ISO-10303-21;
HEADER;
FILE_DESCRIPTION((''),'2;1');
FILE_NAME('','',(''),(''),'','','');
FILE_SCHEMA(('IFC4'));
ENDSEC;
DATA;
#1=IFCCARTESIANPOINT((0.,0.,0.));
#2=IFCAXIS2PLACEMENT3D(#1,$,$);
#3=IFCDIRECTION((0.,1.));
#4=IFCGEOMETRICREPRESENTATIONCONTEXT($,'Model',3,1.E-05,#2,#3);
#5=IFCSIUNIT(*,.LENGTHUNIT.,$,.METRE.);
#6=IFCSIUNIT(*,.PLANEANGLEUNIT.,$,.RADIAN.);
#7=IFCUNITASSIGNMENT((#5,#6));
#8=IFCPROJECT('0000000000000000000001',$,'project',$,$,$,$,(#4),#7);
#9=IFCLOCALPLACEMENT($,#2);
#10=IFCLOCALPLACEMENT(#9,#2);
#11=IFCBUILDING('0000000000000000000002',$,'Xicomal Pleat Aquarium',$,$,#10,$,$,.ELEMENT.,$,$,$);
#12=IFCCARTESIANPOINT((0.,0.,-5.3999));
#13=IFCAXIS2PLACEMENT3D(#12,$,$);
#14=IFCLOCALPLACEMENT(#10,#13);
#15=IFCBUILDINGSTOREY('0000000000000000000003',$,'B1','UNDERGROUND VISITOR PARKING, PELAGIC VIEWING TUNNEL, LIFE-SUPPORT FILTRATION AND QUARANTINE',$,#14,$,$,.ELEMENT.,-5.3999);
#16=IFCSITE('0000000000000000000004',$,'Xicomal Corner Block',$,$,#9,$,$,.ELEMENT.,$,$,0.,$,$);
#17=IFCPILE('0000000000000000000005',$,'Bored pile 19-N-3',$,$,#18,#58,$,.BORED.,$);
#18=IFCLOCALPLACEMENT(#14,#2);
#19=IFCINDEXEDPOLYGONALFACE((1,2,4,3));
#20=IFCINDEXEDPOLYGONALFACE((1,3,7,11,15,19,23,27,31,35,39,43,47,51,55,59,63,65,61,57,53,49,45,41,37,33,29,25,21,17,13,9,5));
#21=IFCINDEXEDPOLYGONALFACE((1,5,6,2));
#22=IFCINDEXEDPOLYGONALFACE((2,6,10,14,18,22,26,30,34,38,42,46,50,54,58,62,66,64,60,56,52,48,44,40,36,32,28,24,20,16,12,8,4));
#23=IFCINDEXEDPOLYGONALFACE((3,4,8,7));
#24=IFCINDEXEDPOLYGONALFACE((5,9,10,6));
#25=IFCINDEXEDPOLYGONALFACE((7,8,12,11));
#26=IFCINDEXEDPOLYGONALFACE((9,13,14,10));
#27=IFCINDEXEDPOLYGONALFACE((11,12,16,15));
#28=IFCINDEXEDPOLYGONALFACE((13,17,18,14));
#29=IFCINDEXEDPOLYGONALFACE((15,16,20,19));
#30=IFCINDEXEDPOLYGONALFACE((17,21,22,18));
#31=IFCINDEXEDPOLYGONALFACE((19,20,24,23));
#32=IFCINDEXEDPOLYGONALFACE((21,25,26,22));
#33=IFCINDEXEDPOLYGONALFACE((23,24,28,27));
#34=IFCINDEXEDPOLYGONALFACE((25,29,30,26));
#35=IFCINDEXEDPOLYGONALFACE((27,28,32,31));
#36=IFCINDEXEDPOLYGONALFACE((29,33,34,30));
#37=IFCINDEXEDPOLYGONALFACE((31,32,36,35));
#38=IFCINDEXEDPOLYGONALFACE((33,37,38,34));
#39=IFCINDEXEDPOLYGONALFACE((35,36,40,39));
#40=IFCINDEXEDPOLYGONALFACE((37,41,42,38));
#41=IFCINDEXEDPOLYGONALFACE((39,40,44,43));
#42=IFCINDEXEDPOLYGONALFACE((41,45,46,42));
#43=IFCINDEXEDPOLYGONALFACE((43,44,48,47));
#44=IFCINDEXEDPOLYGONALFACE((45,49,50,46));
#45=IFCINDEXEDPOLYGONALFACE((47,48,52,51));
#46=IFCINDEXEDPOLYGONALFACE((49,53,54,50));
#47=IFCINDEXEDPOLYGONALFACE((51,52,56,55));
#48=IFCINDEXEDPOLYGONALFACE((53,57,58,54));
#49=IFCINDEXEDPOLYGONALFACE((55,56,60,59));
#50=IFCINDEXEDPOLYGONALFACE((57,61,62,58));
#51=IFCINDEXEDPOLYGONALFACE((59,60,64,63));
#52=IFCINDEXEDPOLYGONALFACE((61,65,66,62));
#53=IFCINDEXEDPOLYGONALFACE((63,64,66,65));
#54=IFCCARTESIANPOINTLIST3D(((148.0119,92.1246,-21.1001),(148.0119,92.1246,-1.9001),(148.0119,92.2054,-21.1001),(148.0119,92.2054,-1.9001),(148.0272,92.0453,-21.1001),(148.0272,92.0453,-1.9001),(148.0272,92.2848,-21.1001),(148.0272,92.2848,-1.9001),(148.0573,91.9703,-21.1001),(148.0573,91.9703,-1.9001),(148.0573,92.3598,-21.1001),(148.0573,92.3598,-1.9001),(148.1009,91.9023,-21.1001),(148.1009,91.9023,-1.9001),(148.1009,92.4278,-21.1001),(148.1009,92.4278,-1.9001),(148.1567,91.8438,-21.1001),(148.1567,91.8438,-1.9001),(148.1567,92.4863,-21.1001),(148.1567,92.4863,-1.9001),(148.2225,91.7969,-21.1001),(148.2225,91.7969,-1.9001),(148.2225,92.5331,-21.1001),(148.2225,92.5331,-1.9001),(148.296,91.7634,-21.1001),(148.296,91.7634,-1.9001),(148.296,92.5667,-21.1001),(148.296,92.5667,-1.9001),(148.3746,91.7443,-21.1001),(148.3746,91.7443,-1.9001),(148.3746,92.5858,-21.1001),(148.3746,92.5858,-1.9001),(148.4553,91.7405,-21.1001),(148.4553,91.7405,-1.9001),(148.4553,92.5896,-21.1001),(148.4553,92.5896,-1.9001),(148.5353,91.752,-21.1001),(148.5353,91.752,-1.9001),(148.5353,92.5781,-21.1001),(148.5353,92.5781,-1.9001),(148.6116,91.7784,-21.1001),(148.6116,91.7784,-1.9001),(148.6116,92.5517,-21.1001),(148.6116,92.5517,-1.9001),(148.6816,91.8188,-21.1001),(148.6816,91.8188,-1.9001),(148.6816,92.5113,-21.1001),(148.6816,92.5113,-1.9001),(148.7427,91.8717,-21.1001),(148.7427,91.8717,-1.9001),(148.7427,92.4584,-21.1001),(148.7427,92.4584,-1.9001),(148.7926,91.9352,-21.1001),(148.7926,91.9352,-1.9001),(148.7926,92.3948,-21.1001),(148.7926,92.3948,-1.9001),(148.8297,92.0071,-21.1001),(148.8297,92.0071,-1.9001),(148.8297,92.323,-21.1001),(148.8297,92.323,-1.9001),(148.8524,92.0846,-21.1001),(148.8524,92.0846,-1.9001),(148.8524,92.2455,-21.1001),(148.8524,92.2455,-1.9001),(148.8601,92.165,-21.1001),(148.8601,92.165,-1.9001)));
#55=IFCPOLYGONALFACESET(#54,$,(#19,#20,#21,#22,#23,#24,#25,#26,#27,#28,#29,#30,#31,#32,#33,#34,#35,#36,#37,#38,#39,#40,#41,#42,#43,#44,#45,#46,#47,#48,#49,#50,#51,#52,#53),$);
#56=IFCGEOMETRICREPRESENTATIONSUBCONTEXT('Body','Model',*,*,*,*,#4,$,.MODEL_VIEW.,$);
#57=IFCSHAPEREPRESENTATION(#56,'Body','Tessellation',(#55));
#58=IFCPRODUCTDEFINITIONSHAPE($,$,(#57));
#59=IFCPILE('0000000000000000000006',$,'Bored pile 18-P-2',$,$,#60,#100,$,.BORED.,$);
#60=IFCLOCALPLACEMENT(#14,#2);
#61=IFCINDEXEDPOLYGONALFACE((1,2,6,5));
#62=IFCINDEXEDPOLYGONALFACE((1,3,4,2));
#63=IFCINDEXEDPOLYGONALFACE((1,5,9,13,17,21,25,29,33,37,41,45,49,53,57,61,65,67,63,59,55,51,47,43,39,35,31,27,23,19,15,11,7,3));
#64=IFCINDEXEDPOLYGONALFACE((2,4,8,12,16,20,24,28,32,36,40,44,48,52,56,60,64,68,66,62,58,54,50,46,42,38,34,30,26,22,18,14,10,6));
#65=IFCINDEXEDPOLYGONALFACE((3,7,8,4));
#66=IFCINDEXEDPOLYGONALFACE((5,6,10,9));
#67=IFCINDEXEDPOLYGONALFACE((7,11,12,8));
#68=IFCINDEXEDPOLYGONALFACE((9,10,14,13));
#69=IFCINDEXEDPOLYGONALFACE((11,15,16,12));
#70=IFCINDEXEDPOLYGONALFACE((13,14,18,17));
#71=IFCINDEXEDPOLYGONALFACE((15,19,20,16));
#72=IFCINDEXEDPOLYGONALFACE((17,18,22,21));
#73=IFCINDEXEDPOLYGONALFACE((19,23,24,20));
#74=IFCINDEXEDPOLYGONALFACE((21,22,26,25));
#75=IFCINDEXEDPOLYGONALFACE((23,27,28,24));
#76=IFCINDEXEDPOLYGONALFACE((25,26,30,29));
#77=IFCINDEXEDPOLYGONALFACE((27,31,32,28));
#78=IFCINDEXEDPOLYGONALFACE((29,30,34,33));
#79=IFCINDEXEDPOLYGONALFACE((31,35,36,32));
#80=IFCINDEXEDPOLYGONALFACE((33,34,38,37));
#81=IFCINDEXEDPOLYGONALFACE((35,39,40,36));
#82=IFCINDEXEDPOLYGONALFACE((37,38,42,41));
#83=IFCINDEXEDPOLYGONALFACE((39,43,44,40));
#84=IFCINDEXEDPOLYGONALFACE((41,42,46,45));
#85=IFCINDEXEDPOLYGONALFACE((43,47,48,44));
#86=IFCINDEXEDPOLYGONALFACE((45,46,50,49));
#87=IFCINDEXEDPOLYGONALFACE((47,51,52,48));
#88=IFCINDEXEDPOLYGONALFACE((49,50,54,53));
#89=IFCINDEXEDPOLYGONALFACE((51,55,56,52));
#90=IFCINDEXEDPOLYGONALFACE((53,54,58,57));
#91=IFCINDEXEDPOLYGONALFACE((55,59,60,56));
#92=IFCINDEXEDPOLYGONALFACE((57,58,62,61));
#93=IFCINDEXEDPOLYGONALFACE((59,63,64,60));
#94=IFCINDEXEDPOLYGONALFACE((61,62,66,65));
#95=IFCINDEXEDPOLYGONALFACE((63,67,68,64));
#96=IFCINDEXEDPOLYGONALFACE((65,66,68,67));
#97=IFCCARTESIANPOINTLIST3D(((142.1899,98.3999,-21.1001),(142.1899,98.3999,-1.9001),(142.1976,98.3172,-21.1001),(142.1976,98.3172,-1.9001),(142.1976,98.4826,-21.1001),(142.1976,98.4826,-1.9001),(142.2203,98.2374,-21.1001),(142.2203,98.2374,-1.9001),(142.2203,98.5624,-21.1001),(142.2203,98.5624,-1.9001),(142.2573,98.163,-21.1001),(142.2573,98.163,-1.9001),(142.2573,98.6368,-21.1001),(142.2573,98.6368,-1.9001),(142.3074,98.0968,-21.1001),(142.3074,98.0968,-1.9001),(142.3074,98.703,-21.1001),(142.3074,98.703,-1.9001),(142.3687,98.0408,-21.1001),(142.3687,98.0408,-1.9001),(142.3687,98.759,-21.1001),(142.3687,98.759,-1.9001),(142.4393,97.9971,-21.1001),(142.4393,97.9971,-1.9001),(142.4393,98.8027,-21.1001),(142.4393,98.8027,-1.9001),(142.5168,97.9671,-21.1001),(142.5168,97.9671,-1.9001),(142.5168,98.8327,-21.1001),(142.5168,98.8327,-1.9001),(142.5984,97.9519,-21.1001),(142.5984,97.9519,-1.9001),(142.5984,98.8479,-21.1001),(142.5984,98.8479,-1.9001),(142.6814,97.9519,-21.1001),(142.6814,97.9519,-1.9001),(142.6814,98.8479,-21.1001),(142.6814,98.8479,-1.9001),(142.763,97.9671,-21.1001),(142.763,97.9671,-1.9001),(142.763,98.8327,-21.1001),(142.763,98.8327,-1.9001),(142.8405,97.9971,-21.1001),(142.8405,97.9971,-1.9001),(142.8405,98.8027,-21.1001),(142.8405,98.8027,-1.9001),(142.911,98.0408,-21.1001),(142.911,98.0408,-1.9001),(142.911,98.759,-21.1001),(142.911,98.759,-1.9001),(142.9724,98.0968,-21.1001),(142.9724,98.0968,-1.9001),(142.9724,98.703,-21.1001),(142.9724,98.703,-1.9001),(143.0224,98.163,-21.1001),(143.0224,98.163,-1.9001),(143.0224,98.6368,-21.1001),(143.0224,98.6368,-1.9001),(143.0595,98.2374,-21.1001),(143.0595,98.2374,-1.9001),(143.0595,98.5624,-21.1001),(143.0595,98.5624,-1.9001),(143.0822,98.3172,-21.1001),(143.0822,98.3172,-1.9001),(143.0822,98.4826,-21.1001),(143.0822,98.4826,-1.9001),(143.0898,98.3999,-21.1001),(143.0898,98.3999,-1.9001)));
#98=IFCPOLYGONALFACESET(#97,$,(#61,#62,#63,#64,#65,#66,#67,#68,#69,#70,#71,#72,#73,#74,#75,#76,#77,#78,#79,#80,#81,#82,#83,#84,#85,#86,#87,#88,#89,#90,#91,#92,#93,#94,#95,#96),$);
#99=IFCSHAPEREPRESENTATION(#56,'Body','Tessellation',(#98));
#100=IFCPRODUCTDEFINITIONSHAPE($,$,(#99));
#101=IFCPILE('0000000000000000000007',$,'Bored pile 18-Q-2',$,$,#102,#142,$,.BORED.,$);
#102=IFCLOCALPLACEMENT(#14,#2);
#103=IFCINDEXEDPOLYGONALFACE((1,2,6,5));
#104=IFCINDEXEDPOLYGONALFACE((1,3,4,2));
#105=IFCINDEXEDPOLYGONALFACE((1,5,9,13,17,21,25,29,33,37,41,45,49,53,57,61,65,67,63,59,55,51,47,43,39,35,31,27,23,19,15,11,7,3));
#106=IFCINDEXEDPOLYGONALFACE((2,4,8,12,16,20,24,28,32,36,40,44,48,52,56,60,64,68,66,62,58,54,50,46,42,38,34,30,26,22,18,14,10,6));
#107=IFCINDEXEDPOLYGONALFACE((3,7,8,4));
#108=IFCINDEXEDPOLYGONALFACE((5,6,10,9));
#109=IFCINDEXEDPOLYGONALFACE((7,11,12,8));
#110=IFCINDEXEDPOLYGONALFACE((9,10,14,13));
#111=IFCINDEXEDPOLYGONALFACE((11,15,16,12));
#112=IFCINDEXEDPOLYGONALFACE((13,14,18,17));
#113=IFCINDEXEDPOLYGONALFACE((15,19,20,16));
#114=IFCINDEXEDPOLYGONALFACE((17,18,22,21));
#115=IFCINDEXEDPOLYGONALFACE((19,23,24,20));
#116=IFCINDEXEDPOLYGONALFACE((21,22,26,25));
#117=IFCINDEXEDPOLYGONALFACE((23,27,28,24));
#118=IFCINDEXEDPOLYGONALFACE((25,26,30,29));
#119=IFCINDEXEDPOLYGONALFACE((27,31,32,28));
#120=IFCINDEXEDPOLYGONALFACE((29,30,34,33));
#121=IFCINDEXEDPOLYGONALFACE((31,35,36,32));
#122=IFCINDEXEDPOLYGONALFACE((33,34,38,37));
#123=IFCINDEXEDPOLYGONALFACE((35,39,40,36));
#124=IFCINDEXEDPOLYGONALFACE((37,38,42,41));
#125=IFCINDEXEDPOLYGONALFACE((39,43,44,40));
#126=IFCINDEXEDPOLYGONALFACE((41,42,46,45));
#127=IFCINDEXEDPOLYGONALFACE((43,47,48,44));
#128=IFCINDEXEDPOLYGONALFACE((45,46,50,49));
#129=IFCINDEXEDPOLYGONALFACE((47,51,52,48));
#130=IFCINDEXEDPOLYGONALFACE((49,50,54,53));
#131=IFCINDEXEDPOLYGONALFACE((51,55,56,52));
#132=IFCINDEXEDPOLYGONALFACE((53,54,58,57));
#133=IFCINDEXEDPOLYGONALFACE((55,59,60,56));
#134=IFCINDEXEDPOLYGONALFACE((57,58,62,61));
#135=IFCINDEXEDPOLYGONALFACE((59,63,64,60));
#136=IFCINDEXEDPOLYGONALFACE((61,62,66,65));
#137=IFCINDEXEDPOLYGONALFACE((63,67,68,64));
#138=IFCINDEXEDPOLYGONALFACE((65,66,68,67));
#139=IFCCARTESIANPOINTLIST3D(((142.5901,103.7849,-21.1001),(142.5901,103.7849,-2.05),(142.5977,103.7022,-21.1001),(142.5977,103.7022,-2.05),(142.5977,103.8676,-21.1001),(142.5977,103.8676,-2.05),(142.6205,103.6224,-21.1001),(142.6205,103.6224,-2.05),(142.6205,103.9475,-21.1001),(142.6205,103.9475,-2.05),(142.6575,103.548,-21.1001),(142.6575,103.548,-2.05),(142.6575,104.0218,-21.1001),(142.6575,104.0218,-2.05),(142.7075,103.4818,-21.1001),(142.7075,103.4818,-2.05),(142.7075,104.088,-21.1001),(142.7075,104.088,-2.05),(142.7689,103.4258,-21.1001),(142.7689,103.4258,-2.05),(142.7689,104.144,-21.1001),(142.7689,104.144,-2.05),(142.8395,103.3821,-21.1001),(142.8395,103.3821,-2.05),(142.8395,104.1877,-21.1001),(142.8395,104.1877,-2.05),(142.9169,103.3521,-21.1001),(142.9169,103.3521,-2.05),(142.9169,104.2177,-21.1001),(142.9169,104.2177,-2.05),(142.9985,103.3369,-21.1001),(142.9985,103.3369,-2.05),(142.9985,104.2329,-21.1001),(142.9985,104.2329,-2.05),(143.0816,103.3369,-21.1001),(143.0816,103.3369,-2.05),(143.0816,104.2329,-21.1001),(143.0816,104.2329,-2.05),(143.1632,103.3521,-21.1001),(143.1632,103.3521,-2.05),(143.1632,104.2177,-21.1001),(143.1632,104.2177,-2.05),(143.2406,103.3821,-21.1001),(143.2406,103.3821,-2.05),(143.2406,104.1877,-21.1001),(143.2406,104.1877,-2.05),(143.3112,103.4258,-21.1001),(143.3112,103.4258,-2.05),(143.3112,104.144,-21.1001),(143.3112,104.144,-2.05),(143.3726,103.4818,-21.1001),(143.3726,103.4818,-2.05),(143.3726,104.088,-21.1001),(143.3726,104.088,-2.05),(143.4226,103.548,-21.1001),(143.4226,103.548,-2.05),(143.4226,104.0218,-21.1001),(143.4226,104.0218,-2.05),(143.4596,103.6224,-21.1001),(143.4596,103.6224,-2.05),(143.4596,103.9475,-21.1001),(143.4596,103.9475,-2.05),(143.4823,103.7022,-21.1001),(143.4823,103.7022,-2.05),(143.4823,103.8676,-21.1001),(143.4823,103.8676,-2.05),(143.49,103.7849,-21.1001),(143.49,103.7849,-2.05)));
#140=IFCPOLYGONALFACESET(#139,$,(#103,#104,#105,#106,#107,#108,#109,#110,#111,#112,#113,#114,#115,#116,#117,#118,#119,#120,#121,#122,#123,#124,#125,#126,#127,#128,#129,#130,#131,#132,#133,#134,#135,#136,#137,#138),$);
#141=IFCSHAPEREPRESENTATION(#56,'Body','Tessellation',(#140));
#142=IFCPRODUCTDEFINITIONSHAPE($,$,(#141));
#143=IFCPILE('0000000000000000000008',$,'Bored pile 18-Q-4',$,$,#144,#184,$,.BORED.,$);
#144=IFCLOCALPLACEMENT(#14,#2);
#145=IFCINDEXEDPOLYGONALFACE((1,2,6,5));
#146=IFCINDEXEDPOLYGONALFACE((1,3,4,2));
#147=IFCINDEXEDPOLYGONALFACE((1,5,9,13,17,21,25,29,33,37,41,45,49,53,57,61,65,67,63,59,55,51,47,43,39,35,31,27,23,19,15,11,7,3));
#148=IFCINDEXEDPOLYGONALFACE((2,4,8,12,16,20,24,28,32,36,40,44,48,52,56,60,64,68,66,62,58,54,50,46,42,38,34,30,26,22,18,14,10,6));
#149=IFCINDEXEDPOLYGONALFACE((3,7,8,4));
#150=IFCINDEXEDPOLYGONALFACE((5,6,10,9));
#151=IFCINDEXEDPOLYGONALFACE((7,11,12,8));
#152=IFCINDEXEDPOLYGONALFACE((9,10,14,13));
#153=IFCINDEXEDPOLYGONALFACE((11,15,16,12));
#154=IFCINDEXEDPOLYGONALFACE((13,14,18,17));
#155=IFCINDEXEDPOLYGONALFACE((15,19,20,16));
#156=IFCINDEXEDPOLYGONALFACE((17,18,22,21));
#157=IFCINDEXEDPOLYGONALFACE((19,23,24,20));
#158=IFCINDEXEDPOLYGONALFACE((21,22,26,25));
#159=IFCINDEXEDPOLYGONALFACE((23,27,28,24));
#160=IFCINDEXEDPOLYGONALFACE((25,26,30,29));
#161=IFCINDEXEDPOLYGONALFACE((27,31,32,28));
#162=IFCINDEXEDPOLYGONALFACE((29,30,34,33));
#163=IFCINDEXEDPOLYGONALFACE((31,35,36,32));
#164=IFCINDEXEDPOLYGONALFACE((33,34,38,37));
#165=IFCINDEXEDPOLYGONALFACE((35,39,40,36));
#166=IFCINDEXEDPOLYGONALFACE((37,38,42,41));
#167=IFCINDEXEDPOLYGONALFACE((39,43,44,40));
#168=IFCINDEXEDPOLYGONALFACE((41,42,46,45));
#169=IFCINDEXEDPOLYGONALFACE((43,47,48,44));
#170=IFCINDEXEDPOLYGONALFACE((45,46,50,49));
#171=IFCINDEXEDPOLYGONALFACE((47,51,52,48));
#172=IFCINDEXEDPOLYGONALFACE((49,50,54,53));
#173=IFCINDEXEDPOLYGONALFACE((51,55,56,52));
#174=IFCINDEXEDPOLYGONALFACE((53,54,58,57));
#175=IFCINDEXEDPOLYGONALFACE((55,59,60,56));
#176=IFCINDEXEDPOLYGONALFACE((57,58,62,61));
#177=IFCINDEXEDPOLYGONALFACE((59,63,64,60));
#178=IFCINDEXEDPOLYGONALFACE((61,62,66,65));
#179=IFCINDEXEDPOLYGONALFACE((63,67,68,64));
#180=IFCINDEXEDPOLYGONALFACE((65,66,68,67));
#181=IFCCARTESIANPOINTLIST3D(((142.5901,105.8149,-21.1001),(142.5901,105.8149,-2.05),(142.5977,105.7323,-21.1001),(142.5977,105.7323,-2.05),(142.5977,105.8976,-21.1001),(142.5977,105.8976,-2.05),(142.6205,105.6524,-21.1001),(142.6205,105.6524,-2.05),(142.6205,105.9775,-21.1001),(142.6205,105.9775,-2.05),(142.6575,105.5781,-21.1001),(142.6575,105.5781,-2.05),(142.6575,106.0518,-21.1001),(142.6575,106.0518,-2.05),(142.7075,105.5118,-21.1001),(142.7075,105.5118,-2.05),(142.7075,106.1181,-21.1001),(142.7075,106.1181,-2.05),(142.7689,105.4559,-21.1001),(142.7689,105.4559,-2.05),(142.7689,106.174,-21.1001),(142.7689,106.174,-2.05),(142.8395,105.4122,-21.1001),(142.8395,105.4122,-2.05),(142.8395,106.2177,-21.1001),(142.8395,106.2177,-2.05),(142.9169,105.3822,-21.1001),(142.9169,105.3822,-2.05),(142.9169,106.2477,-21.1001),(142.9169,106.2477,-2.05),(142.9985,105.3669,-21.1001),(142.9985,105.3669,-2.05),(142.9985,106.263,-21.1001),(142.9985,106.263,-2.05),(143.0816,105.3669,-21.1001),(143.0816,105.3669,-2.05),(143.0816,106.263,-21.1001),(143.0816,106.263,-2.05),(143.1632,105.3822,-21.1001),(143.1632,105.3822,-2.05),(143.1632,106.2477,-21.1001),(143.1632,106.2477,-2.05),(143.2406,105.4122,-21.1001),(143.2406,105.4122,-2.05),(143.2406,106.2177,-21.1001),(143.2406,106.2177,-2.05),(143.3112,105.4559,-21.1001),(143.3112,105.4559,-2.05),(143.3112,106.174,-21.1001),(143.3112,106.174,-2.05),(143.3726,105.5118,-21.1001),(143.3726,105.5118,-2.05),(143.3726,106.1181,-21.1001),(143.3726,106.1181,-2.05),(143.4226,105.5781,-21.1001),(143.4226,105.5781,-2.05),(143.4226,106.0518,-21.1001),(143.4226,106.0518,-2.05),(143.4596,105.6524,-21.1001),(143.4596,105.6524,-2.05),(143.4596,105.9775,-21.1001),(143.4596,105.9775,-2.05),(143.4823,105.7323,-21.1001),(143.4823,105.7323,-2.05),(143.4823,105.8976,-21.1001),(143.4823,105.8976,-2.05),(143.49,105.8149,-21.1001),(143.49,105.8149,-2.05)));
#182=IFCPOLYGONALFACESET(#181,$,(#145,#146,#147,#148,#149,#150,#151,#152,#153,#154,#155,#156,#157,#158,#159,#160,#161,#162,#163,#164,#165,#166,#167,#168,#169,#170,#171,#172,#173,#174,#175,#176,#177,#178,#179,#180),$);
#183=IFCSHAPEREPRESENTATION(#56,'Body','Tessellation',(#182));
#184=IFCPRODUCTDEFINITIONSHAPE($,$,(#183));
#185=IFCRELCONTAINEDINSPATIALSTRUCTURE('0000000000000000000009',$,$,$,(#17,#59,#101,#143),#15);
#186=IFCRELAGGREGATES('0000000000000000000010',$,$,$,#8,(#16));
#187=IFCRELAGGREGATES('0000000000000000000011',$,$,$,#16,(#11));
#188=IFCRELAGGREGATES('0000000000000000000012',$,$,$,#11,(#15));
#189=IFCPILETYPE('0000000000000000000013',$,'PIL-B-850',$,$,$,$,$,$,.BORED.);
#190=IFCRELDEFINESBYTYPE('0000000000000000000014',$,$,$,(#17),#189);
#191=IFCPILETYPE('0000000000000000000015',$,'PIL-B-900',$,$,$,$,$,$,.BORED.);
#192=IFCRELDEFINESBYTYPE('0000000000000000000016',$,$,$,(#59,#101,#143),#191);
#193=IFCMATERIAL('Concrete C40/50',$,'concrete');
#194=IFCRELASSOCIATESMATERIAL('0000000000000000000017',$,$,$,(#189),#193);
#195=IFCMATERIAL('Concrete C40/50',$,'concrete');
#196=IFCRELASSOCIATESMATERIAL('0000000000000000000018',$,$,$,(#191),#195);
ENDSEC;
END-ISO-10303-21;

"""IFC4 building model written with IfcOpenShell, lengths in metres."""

from ifc_helpers import new_model, si_unit, direction, frame, origin, origin_2d, place, context, subcontext, project, spatial, circle, extrude, material, material_profile, profile_set, type_object, element, save


model = new_model("IFC4")

# Units and contexts
model_context = context("Model", 3, precision=1e-05, world=origin(), true_north=direction((0.0, 1.0)))
body_context = subcontext(model_context, "Body", "Model", "MODEL_VIEW")
ifc_project = project(units=[si_unit("LENGTHUNIT", "METRE"), si_unit("PLANEANGLEUNIT", "RADIAN")], contexts=[model_context])

# Site, building, storey
site_placement = place(None, origin())
site = spatial("IfcSite", under=ifc_project, at=site_placement, Name="Xicomal Corner Block", CompositionType="ELEMENT", RefElevation=0.0)
building_placement = place(site_placement, origin())
building = spatial("IfcBuilding", under=site, at=building_placement, Name="Xicomal Pleat Aquarium", CompositionType="ELEMENT")
storey_placement = place(building_placement, frame((0.0, 0.0, -5.3999)))
storey = spatial("IfcBuildingStorey", under=building, at=storey_placement, Name="B1", Description="UNDERGROUND VISITOR PARKING, PELAGIC VIEWING TUNNEL, LIFE-SUPPORT FILTRATION AND QUARANTINE", CompositionType="ELEMENT", Elevation=-5.3999)

# Piles
ifc_material_1 = material(Name="Concrete C40/50", Category="concrete")
ifc_material_profile_1 = material_profile(ifc_material_1, circle(Radius=0.425, at=origin_2d()), Name="BORED PILE D850")
ifc_profile_set_1 = profile_set([ifc_material_profile_1], Name="Concrete C40/50")
pile_type_1 = type_object("IfcPileType", Name="PIL-B-850", PredefinedType="BORED", material=ifc_profile_set_1)
for number, where, z_axis, x_axis, name in (
    (1, (148.4351, 92.165, -1.9001), (0.0, 0.0, -1.0), (1.0, 0.0, 0.0), "Bored pile 19-N-3"),
):
    element("IfcPile", number, at=place(storey_placement, frame(where, z_axis=z_axis, x_axis=x_axis)), inside=storey, type_object=pile_type_1, Name=name, PredefinedType="BORED", context=body_context, shape_type="SweptSolid", body=[
        extrude(circle(Radius=0.425, at=origin_2d()), origin(), (0.0, 0.0, 1.0), 19.2),
    ])
ifc_material_2 = material(Name="Concrete C40/50", Category="concrete")
ifc_material_profile_2 = material_profile(ifc_material_2, circle(Radius=0.45, at=origin_2d()), Name="BORED PILE D900")
ifc_profile_set_2 = profile_set([ifc_material_profile_2], Name="Concrete C40/50")
pile_type_2 = type_object("IfcPileType", Name="PIL-B-900", PredefinedType="BORED", material=ifc_profile_set_2)
pile_1_placement = place(storey_placement, frame((142.6399, 98.3999, -1.9001), z_axis=(0.0, 0.0, -1.0), x_axis=(1.0, 0.0, 0.0)))
element("IfcPile", 2, at=pile_1_placement, inside=storey, type_object=pile_type_2, Name="Bored pile 18-P-2", PredefinedType="BORED", context=body_context, shape_type="SweptSolid", body=[
    extrude(circle(Radius=0.45, at=origin_2d()), origin(), (0.0, 0.0, 1.0), 19.2),
])
for number, where, z_axis, x_axis, name in (
    (3, (143.04, 103.7849, -2.05), (0.0, 0.0, -1.0), (1.0, 0.0, 0.0), "Bored pile 18-Q-2"),
    (4, (143.04, 105.8149, -2.05), (0.0, 0.0, -1.0), (1.0, 0.0, 0.0), "Bored pile 18-Q-4"),
):
    element("IfcPile", number, at=place(storey_placement, frame(where, z_axis=z_axis, x_axis=x_axis)), inside=storey, type_object=pile_type_2, Name=name, PredefinedType="BORED", context=body_context, shape_type="SweptSolid", body=[
        extrude(circle(Radius=0.45, at=origin_2d()), origin(), (0.0, 0.0, 1.0), 19.05),
    ])

save(model, "model.ifc")
